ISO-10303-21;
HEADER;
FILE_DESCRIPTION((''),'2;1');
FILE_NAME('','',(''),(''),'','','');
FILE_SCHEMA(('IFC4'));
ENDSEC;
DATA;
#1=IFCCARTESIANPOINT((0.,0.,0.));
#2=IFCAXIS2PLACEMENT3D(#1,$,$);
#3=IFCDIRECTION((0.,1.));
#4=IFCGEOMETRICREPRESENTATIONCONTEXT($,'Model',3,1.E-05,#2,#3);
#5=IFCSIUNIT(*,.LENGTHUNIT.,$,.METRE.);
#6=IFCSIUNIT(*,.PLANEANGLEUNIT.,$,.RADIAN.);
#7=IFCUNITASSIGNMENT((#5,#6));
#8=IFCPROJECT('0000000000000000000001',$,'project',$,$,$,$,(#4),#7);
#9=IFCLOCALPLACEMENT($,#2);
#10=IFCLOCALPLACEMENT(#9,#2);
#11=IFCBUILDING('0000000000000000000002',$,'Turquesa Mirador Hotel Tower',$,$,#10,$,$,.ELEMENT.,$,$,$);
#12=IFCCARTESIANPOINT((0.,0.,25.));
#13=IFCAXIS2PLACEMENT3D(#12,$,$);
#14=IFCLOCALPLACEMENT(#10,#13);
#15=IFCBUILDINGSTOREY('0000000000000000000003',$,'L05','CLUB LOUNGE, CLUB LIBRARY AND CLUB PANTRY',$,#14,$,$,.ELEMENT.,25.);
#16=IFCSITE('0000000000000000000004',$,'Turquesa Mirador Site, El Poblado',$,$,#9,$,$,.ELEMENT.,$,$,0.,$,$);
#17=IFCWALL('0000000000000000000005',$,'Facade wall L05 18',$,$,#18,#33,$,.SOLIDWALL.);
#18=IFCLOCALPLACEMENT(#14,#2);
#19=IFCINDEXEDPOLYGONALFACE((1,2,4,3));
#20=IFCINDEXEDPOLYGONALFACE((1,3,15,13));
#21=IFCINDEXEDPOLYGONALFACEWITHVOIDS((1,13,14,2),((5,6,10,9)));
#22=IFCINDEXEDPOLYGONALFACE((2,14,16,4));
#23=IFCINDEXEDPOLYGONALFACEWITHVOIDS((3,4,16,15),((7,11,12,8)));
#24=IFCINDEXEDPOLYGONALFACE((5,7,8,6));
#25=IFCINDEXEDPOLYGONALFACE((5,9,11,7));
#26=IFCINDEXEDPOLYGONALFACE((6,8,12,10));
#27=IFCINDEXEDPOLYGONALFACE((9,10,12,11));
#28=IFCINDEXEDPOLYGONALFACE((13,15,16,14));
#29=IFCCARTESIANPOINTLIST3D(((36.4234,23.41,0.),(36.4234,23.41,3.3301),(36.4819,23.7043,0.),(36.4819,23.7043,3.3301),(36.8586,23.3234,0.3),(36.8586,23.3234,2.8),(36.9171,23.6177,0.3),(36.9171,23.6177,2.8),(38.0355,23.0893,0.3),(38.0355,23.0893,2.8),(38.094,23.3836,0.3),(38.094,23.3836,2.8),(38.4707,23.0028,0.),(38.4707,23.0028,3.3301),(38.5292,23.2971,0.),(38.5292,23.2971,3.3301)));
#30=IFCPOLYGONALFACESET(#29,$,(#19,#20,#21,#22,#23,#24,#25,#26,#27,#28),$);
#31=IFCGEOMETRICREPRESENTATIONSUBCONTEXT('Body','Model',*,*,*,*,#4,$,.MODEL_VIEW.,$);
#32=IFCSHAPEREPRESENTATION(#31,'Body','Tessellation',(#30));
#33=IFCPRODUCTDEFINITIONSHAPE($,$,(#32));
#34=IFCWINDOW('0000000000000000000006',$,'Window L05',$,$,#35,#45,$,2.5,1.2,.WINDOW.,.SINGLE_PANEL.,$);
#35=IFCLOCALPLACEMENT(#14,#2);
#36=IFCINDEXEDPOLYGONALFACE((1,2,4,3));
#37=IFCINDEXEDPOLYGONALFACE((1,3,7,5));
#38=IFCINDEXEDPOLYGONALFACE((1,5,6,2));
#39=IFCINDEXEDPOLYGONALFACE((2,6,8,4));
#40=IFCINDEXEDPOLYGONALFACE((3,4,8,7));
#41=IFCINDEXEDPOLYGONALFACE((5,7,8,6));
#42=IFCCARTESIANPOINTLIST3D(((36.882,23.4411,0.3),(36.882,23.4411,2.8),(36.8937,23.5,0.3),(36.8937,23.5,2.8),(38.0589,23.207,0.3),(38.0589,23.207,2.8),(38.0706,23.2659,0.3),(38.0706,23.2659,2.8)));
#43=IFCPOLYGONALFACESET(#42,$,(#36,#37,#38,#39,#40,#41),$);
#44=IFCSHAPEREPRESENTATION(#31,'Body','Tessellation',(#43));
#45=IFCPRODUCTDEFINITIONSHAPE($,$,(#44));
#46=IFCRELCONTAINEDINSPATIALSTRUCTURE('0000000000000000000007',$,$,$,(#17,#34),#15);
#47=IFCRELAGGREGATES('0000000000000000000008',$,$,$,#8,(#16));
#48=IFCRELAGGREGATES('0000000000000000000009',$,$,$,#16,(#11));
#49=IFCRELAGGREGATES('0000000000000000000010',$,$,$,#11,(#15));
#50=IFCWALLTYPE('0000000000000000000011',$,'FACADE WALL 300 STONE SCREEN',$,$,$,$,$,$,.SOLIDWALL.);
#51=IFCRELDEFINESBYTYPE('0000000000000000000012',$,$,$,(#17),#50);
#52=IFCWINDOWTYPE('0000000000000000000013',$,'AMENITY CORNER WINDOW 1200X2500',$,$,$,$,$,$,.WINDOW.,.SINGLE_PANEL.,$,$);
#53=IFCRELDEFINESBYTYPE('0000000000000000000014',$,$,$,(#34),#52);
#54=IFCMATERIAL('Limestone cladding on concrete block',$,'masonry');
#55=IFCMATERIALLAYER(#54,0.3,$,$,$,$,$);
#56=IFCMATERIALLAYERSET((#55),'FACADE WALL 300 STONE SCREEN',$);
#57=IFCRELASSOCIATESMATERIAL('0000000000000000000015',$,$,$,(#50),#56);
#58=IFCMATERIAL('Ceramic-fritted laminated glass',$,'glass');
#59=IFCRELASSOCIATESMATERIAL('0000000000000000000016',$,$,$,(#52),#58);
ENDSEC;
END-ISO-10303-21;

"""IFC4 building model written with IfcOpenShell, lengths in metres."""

from ifc_helpers import new_model, si_unit, direction, frame, frame_2d, origin, place, context, subcontext, project, spatial, rectangle, extrude, material, layer, layer_set, type_object, element, fill, save


model = new_model("IFC4")

# Units and contexts
model_context = context("Model", 3, precision=1e-05, world=origin(), true_north=direction((0.0, 1.0)))
body_context = subcontext(model_context, "Body", "Model", "MODEL_VIEW")
ifc_project = project(units=[si_unit("LENGTHUNIT", "METRE"), si_unit("PLANEANGLEUNIT", "RADIAN")], contexts=[model_context])

# Site, building, storey
site_placement = place(None, origin())
site = spatial("IfcSite", under=ifc_project, at=site_placement, Name="Turquesa Mirador Site, El Poblado", CompositionType="ELEMENT", RefElevation=0.0)
building_placement = place(site_placement, origin())
building = spatial("IfcBuilding", under=site, at=building_placement, Name="Turquesa Mirador Hotel Tower", CompositionType="ELEMENT")
storey_placement = place(building_placement, frame((0.0, 0.0, 25.0)))
storey = spatial("IfcBuildingStorey", under=building, at=storey_placement, Name="L05", Description="CLUB LOUNGE, CLUB LIBRARY AND CLUB PANTRY", CompositionType="ELEMENT", Elevation=25.0)

# Wall, opening, window
ifc_material_1 = material(Name="Limestone cladding on concrete block", Category="masonry")
ifc_layer_1 = layer(ifc_material_1, 0.3)
ifc_layer_set_1 = layer_set([ifc_layer_1], Name="FACADE WALL 300 STONE SCREEN")
wall_type_1 = type_object("IfcWallType", Name="FACADE WALL 300 STONE SCREEN", PredefinedType="SOLIDWALL", material=ifc_layer_set_1)
wall_1_placement = place(storey_placement, frame((36.4526, 23.5571, 0.0), z_axis=(0.0, 0.0, 1.0), x_axis=(0.980787, -0.195081, 0.0)))
wall_1 = element("IfcWall", 1, at=wall_1_placement, inside=storey, type_object=wall_type_1, Name="Facade wall L05 18", PredefinedType="SOLIDWALL", context=body_context, shape_type="SweptSolid", body=[
    extrude(rectangle(XDim=2.0874, YDim=0.3, at=frame_2d((1.0437, 0.0))), origin(), (0.0, 0.0, 1.0), 3.3301),
])
opening_1_placement = place(wall_1_placement, frame((0.4436, 0.0, 0.3)))
opening_1 = element("IfcOpeningElement", 2, at=opening_1_placement, cuts=wall_1, PredefinedType="OPENING", context=body_context, shape_type="SweptSolid", body=[
    extrude(rectangle(XDim=1.2, YDim=2.5, at=frame_2d((0.6001, 1.25))), frame((0.0, 0.1599, 0.0), z_axis=(0.0, -1.0, 0.0), x_axis=(1.0, 0.0, 0.0)), (0.0, 0.0, 1.0), 0.3201),
])
ifc_material_2 = material(Name="Ceramic-fritted laminated glass", Category="glass")
window_type_1 = type_object("IfcWindowType", Name="AMENITY CORNER WINDOW 1200X2500", PartitioningType="SINGLE_PANEL", PredefinedType="WINDOW", material=ifc_material_2)
window_1_placement = place(opening_1_placement, origin())
window_1 = element("IfcWindow", 3, at=window_1_placement, inside=storey, type_object=window_type_1, Name="Window L05", OverallHeight=2.5, OverallWidth=1.2, PartitioningType="SINGLE_PANEL", PredefinedType="WINDOW", context=body_context, shape_type="SweptSolid", body=[
    extrude(rectangle(XDim=1.2, YDim=2.5, at=frame_2d((0.6001, 1.25))), frame((0.0, 0.03, 0.0), z_axis=(0.0, -1.0, 0.0), x_axis=(1.0, 0.0, 0.0)), (0.0, 0.0, 1.0), 0.0601),
])
fill(opening_1, window_1)

save(model, "model.ifc")
